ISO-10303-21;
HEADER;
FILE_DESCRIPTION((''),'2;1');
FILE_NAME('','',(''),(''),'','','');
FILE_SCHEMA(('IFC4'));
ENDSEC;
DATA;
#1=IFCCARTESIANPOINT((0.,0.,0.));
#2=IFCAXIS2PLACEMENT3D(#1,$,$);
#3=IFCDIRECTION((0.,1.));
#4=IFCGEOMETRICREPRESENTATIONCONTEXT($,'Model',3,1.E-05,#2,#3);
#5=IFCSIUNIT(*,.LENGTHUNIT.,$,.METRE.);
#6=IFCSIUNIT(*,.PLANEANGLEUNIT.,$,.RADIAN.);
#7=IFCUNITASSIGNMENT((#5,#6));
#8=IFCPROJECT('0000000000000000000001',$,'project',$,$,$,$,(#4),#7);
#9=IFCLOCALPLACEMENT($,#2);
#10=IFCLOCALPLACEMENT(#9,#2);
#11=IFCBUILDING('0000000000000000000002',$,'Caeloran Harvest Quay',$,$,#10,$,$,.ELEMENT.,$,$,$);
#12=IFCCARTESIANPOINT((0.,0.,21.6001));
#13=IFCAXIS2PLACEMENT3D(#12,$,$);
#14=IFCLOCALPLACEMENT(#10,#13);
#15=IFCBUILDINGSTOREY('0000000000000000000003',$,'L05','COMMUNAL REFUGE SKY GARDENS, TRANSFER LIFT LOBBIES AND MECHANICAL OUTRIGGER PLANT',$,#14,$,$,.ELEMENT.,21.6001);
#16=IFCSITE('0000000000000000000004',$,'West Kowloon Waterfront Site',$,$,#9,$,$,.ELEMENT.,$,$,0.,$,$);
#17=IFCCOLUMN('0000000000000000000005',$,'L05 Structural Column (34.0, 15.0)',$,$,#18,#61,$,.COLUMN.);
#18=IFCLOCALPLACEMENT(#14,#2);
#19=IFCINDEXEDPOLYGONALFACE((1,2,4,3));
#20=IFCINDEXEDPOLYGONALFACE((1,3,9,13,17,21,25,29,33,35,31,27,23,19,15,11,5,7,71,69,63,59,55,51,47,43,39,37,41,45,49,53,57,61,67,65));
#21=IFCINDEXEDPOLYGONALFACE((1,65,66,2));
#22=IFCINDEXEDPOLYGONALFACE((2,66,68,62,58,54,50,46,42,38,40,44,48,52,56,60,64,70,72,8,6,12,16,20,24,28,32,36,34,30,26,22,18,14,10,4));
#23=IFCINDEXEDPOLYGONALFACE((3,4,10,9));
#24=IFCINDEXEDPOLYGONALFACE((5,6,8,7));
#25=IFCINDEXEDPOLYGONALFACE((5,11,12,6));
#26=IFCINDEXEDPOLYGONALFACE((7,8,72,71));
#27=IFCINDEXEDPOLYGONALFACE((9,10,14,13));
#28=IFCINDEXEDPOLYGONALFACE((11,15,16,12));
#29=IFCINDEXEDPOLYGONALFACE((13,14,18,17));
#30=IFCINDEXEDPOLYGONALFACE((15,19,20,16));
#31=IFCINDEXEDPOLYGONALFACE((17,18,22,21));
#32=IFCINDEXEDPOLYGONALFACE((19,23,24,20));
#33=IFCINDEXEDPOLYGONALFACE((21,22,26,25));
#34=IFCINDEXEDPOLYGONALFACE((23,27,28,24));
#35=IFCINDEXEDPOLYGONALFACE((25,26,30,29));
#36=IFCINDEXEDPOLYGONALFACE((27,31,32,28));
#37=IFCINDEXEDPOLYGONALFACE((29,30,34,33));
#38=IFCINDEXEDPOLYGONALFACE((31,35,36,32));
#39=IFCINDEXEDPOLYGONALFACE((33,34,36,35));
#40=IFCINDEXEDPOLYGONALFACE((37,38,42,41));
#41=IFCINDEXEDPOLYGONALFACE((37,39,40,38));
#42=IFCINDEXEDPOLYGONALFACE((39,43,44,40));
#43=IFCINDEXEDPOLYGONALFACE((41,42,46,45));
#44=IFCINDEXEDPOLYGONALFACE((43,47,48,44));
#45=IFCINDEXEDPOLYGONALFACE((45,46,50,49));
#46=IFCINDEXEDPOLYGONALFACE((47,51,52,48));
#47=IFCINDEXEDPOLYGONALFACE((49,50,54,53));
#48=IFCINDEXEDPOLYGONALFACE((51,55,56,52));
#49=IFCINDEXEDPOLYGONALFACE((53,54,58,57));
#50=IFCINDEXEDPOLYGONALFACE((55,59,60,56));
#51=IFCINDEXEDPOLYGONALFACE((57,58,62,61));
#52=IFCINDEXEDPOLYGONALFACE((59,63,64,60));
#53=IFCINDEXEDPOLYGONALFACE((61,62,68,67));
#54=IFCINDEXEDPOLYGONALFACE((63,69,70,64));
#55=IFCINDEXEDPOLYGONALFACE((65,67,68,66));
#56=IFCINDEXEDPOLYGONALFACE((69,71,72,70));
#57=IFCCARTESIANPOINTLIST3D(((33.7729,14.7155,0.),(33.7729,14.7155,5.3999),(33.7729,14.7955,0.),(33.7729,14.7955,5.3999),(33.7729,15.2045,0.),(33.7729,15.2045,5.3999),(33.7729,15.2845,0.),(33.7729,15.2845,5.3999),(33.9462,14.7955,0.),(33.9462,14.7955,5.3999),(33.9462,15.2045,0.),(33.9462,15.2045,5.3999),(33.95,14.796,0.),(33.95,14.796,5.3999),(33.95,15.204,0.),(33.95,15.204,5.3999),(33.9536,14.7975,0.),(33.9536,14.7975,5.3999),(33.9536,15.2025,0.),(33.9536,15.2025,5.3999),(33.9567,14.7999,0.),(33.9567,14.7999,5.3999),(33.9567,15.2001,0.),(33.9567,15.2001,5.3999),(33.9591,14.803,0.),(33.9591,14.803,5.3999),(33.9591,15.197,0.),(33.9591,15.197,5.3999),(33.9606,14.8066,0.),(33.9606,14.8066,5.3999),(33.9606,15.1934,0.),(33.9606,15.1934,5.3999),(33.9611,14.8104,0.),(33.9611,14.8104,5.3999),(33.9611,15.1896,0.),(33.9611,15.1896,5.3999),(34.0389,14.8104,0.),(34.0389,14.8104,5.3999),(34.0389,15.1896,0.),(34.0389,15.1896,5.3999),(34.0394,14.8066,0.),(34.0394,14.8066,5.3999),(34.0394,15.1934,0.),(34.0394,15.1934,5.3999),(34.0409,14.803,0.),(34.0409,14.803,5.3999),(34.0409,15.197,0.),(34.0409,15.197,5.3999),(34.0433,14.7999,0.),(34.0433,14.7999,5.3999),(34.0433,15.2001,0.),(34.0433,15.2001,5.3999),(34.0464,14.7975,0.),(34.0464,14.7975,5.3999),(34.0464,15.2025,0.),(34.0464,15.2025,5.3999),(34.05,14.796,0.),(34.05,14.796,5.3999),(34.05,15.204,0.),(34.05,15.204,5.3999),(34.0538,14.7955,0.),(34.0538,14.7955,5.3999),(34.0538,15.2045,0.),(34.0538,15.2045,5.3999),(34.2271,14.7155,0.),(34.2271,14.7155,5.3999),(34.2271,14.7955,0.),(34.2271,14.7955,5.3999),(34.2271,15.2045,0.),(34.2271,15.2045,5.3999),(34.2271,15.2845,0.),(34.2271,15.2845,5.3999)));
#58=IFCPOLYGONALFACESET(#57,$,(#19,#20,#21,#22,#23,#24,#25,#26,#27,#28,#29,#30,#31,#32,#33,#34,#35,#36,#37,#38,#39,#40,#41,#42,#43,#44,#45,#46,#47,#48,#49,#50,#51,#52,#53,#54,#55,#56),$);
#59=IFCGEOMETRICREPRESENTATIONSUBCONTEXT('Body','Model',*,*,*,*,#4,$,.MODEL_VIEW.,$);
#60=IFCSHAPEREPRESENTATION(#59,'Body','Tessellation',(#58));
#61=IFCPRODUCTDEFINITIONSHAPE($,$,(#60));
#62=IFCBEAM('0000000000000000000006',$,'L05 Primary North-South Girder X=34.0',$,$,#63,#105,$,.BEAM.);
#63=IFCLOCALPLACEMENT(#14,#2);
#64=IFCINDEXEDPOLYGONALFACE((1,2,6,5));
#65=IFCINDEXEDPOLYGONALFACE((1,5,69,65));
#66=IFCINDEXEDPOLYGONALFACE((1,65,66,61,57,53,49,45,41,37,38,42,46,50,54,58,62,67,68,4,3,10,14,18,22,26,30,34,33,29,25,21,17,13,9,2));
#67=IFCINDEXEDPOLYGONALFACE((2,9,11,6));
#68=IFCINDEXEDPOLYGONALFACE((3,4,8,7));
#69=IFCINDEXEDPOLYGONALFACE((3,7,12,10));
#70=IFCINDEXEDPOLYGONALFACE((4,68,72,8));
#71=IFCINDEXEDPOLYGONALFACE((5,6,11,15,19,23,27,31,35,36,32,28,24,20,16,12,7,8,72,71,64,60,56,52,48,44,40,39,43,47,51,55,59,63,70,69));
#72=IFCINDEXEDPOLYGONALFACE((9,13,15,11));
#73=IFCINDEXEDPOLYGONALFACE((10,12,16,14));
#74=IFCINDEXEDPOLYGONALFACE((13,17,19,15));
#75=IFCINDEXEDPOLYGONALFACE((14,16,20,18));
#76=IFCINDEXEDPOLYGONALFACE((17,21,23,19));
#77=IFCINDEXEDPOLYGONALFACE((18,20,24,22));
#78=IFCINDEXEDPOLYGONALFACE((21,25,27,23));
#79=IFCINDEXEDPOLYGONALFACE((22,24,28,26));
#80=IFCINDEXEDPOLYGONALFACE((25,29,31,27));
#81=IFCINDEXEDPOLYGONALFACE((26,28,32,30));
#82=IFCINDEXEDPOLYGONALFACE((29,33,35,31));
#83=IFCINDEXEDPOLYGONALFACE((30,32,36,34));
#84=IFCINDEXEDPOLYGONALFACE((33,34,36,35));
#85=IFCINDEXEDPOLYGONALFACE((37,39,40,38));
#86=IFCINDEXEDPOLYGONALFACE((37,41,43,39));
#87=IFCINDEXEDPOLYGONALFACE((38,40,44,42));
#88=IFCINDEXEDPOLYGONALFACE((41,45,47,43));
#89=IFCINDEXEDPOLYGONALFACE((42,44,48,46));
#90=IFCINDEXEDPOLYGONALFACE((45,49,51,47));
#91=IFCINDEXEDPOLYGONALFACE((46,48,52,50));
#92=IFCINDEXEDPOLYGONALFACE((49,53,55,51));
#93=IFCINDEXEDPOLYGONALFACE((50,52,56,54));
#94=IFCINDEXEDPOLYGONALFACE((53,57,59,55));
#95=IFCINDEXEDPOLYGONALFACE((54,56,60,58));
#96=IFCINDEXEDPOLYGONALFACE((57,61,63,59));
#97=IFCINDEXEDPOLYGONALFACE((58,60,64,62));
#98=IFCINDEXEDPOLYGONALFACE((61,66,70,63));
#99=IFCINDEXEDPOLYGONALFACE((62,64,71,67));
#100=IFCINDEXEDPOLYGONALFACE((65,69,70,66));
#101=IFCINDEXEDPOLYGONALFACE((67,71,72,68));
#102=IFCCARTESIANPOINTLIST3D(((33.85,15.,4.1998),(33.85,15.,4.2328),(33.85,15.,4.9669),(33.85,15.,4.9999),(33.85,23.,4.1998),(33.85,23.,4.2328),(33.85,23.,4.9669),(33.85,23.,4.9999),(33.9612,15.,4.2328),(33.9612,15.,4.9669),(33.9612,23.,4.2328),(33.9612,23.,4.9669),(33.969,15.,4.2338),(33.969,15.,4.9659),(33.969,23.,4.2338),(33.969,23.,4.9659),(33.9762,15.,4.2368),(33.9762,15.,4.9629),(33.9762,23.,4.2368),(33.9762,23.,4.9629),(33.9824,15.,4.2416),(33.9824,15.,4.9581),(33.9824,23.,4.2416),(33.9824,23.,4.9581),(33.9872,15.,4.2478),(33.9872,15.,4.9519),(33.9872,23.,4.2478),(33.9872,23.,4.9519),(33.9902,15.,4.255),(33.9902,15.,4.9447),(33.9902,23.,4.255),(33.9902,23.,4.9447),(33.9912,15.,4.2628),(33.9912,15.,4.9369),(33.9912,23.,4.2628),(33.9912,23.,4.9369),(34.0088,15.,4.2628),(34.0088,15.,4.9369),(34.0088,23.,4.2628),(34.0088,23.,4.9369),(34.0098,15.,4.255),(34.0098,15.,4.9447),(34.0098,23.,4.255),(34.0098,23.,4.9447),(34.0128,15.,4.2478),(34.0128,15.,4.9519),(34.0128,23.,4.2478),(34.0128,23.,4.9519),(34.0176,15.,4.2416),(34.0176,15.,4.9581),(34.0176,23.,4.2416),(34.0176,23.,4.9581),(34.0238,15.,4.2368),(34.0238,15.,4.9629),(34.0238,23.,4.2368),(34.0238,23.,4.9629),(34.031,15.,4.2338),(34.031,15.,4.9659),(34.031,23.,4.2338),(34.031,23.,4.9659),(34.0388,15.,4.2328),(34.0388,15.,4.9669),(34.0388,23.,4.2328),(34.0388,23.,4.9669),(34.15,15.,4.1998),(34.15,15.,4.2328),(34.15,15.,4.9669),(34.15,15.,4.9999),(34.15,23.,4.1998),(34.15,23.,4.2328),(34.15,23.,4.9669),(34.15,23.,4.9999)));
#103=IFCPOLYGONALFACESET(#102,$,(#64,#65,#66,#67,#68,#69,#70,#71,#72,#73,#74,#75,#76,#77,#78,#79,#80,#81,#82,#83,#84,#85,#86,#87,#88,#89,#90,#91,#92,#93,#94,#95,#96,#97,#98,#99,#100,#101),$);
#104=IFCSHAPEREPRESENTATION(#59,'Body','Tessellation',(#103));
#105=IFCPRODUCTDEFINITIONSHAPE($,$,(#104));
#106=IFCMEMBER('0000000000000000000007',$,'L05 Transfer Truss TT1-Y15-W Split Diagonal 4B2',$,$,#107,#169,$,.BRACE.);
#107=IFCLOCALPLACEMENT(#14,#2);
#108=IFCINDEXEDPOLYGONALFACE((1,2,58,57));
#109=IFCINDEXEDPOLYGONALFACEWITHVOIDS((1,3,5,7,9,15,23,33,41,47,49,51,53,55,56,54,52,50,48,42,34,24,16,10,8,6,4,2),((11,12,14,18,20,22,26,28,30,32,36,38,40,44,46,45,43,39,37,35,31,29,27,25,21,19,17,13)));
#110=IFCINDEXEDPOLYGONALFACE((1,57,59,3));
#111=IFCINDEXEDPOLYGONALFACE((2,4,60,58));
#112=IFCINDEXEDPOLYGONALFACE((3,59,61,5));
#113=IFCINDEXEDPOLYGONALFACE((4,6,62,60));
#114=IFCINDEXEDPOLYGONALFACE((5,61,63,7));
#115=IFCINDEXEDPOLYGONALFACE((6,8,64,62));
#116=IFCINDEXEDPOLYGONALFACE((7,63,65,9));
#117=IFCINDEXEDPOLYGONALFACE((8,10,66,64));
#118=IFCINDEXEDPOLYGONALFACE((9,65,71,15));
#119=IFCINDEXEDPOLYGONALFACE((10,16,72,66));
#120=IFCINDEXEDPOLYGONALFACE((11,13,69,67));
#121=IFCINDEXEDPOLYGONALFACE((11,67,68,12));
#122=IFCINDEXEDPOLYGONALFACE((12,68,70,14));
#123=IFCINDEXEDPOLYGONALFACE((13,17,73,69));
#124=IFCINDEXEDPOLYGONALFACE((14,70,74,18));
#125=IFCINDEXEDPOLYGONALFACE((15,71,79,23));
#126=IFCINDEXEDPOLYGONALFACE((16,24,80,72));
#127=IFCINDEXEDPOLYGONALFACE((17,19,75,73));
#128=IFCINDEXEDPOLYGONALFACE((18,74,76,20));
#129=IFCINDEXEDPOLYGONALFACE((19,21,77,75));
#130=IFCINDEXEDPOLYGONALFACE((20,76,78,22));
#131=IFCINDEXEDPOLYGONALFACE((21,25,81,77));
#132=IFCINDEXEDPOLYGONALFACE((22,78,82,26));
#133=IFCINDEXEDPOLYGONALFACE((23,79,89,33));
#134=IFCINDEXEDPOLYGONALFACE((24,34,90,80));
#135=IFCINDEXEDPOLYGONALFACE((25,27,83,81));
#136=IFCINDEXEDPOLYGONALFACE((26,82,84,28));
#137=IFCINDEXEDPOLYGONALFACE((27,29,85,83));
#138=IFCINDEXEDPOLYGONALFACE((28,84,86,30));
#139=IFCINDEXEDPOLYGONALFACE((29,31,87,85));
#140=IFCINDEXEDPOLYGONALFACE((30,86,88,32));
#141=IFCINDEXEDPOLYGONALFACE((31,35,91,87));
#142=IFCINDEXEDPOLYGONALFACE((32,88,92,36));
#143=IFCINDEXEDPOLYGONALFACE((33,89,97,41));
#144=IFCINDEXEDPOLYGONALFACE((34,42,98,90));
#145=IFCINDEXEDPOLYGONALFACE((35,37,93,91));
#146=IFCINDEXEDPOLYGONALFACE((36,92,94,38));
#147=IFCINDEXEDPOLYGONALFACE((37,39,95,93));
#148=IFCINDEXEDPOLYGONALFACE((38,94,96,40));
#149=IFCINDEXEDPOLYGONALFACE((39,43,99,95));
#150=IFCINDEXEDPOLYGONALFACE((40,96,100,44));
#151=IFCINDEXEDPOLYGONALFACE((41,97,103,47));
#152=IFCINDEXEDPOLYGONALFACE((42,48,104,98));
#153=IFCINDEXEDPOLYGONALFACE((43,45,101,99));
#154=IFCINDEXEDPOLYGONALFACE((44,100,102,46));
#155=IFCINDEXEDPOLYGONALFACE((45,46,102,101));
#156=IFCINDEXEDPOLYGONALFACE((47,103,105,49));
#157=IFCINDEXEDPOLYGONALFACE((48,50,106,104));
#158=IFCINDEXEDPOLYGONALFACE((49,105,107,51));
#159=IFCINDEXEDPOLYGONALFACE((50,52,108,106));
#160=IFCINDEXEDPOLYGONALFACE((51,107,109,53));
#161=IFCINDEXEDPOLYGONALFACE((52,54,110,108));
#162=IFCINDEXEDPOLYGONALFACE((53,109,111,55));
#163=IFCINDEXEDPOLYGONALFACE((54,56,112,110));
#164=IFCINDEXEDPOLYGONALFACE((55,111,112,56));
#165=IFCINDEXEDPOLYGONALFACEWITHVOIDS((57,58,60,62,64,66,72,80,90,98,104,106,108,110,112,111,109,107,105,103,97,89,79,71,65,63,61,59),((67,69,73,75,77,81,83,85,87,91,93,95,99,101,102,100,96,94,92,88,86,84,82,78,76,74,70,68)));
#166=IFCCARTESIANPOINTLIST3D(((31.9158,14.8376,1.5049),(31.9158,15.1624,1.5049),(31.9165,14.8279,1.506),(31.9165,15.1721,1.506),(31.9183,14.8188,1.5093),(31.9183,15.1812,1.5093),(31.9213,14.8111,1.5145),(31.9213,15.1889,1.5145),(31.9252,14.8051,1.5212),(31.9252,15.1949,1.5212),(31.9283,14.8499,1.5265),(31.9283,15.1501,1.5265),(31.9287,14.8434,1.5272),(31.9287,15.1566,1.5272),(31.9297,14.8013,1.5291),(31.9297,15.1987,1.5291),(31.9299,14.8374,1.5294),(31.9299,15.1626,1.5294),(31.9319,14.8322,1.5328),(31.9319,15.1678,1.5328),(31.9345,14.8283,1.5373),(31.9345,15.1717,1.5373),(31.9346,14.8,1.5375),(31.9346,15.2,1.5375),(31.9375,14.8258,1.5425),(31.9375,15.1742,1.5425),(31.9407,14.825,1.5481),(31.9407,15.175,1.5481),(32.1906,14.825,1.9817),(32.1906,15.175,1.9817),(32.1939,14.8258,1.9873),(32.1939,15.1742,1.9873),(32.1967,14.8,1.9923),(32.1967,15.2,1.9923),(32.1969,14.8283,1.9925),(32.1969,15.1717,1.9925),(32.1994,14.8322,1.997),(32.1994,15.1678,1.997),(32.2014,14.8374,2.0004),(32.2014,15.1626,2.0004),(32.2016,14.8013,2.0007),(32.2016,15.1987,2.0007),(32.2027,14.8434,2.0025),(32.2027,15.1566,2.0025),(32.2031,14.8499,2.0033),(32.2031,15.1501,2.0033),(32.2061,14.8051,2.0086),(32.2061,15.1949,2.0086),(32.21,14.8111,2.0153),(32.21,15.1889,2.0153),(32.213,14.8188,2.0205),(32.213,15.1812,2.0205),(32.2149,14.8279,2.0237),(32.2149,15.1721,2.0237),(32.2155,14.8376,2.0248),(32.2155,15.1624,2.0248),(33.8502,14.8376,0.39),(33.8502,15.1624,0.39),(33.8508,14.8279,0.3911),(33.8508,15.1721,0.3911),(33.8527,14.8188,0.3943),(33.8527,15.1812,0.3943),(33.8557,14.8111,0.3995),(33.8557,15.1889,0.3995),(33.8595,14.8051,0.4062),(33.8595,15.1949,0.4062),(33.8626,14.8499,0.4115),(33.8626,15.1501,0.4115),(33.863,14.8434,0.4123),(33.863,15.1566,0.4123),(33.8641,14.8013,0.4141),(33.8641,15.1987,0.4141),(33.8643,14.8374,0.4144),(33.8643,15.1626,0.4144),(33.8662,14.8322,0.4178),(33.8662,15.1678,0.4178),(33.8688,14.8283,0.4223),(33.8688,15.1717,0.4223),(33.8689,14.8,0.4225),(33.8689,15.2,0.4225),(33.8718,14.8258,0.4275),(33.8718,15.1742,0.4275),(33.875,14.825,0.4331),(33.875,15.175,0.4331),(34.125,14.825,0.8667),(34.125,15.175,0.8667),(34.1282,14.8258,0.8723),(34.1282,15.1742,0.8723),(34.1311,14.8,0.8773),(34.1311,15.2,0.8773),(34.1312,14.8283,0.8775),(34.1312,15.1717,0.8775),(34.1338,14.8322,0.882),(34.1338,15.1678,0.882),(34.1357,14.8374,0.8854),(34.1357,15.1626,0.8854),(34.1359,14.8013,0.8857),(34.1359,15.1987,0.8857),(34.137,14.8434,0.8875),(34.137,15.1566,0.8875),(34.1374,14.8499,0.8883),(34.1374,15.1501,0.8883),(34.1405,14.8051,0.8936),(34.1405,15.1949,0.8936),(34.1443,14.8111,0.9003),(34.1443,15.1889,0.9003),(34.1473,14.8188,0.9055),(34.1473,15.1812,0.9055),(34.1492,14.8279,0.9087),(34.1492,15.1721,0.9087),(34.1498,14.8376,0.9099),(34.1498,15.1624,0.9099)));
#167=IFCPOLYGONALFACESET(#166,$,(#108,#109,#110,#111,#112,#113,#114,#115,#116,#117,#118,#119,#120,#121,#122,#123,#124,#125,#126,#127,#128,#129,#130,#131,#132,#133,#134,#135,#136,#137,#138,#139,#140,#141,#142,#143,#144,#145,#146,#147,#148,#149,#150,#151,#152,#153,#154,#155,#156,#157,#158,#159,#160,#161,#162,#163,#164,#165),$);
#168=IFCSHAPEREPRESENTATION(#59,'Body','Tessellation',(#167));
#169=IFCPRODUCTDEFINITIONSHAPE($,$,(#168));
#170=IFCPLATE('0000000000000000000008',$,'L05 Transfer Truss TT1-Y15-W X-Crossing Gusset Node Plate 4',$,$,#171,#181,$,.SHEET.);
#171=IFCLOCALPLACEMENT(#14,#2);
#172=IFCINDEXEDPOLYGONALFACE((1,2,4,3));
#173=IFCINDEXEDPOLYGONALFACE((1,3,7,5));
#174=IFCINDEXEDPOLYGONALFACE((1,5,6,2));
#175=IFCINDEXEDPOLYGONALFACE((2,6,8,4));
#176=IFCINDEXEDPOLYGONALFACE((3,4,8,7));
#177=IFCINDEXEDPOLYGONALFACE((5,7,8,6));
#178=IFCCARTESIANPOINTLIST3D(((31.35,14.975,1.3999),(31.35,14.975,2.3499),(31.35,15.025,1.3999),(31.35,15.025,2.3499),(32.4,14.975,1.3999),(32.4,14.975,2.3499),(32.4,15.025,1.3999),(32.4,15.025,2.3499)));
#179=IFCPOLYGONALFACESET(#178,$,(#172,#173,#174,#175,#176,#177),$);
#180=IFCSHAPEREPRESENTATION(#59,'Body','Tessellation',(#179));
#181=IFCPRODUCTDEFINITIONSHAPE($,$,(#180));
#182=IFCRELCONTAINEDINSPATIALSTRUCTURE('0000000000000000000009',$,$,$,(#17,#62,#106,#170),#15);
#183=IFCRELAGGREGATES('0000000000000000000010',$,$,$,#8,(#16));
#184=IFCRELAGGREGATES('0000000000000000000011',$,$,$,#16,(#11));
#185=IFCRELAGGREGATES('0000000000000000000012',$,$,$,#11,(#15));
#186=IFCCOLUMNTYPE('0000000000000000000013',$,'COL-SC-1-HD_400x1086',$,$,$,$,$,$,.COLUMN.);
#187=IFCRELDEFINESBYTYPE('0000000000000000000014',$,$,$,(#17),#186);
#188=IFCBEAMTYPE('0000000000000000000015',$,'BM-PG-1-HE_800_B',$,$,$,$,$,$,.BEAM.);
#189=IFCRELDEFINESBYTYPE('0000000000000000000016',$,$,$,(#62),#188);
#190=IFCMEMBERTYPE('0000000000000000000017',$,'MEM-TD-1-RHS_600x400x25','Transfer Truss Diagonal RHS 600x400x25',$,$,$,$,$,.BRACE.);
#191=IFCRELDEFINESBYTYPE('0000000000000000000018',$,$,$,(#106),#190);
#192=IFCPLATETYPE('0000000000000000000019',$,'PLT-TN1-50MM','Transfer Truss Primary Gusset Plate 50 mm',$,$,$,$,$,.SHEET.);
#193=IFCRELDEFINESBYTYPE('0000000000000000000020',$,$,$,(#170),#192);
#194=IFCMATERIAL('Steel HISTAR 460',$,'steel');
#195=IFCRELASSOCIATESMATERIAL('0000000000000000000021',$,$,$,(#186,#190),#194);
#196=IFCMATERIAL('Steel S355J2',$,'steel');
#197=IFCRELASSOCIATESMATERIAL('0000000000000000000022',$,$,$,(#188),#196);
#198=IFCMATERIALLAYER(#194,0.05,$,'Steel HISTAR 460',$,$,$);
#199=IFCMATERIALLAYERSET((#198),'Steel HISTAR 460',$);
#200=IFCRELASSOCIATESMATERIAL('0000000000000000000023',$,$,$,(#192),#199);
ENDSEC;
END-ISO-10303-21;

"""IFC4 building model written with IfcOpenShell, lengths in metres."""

from ifc_helpers import new_model, si_unit, direction, frame, origin, origin_2d, place, context, subcontext, project, spatial, rectangle, hollow_rectangle, i_section, extrude, material, layer, layer_set, material_profile, profile_set, type_object, element, save


model = new_model("IFC4")

# Units and contexts
model_context = context("Model", 3, precision=1e-05, world=origin(), true_north=direction((0.0, 1.0)))
body_context = subcontext(model_context, "Body", "Model", "MODEL_VIEW")
ifc_project = project(units=[si_unit("LENGTHUNIT", "METRE"), si_unit("PLANEANGLEUNIT", "RADIAN")], contexts=[model_context])

# Site, building, storey
site_placement = place(None, origin())
site = spatial("IfcSite", under=ifc_project, at=site_placement, Name="West Kowloon Waterfront Site", CompositionType="ELEMENT", RefElevation=0.0)
building_placement = place(site_placement, origin())
building = spatial("IfcBuilding", under=site, at=building_placement, Name="Caeloran Harvest Quay", CompositionType="ELEMENT")
storey_placement = place(building_placement, frame((0.0, 0.0, 21.6001)))
storey = spatial("IfcBuildingStorey", under=building, at=storey_placement, Name="L05", Description="COMMUNAL REFUGE SKY GARDENS, TRANSFER LIFT LOBBIES AND MECHANICAL OUTRIGGER PLANT", CompositionType="ELEMENT", Elevation=21.6001)

# Column
ifc_material_1 = material(Name="Steel HISTAR 460", Category="steel")
ifc_material_profile_1 = material_profile(ifc_material_1, i_section(OverallWidth=0.4541, OverallDepth=0.5691, WebThickness=0.0779, FlangeThickness=0.0801, FilletRadius=0.0149, at=origin_2d()), Name="HD 400x1086")
ifc_profile_set_1 = profile_set([ifc_material_profile_1], Name="Steel HISTAR 460")
column_type = type_object("IfcColumnType", Name="COL-SC-1-HD_400x1086", PredefinedType="COLUMN", material=ifc_profile_set_1)
column_placement = place(storey_placement, frame((34.0, 15.0, 0.0), z_axis=(0.0, 0.0, 1.0), x_axis=(1.0, 0.0, 0.0)))
element("IfcColumn", 1, at=column_placement, inside=storey, type_object=column_type, Name="L05 Structural Column (34.0, 15.0)", PredefinedType="COLUMN", context=body_context, shape_type="SweptSolid", body=[
    extrude(i_section(OverallWidth=0.4541, OverallDepth=0.5691, WebThickness=0.0779, FlangeThickness=0.0801, FilletRadius=0.0149, at=origin_2d()), origin(), (0.0, 0.0, 1.0), 5.3999),
])

# Beam
ifc_material_2 = material(Name="Steel S355J2", Category="steel")
ifc_material_profile_2 = material_profile(ifc_material_2, i_section(OverallWidth=0.3, OverallDepth=0.8, WebThickness=0.0176, FlangeThickness=0.033, FilletRadius=0.03, at=origin_2d()), Name="HE 800 B")
ifc_profile_set_2 = profile_set([ifc_material_profile_2], Name="Steel S355J2")
beam_type = type_object("IfcBeamType", Name="BM-PG-1-HE_800_B", PredefinedType="BEAM", material=ifc_profile_set_2)
beam_placement = place(storey_placement, frame((34.0, 15.0, 4.5999), z_axis=(0.0, 1.0, 0.0), x_axis=(-1.0, 0.0, 0.0)))
element("IfcBeam", 2, at=beam_placement, inside=storey, type_object=beam_type, Name="L05 Primary North-South Girder X=34.0", PredefinedType="BEAM", context=body_context, shape_type="SweptSolid", body=[
    extrude(i_section(OverallWidth=0.3, OverallDepth=0.8, WebThickness=0.0176, FlangeThickness=0.033, FilletRadius=0.03, at=origin_2d()), origin(), (0.0, 0.0, 1.0), 8.0),
])

# Member
ifc_material_profile_3 = material_profile(ifc_material_1, hollow_rectangle(XDim=0.3999, YDim=0.6001, WallThickness=0.0249, InnerFilletRadius=0.0249, OuterFilletRadius=0.0376, at=origin_2d()), Name="RHS 600x400x25")
ifc_profile_set_3 = profile_set([ifc_material_profile_3], Name="Steel HISTAR 460")
member_type = type_object("IfcMemberType", Name="MEM-TD-1-RHS_600x400x25", Description="Transfer Truss Diagonal RHS 600x400x25", PredefinedType="BRACE", material=ifc_profile_set_3)
member_placement = place(storey_placement, frame((32.0657, 15.0, 1.7649), z_axis=(0.866373, 0.0, -0.499397), x_axis=(0.0, 1.0, 0.0)))
element("IfcMember", 3, at=member_placement, inside=storey, type_object=member_type, Name="L05 Transfer Truss TT1-Y15-W Split Diagonal 4B2", PredefinedType="BRACE", context=body_context, shape_type="SweptSolid", body=[
    extrude(hollow_rectangle(XDim=0.3999, YDim=0.6001, WallThickness=0.0249, InnerFilletRadius=0.0249, OuterFilletRadius=0.0376, at=origin_2d()), origin(), (0.0, 0.0, 1.0), 2.2327),
])

# Plate
ifc_layer_1 = layer(ifc_material_1, 0.05, Name="Steel HISTAR 460")
ifc_layer_set_1 = layer_set([ifc_layer_1], Name="Steel HISTAR 460")
plate_type_1 = type_object("IfcPlateType", Name="PLT-TN1-50MM", Description="Transfer Truss Primary Gusset Plate 50 mm", PredefinedType="SHEET", material=ifc_layer_set_1)
plate_1_placement = place(storey_placement, frame((31.875, 15.0, 1.3999), z_axis=(0.0, 0.0, 1.0), x_axis=(1.0, 0.0, 0.0)))
element("IfcPlate", 4, at=plate_1_placement, inside=storey, type_object=plate_type_1, Name="L05 Transfer Truss TT1-Y15-W X-Crossing Gusset Node Plate 4", PredefinedType="SHEET", context=body_context, shape_type="SweptSolid", body=[
    extrude(rectangle(XDim=1.05, YDim=0.05, at=origin_2d()), origin(), (0.0, 0.0, 1.0), 0.95),
])

save(model, "model.ifc")
